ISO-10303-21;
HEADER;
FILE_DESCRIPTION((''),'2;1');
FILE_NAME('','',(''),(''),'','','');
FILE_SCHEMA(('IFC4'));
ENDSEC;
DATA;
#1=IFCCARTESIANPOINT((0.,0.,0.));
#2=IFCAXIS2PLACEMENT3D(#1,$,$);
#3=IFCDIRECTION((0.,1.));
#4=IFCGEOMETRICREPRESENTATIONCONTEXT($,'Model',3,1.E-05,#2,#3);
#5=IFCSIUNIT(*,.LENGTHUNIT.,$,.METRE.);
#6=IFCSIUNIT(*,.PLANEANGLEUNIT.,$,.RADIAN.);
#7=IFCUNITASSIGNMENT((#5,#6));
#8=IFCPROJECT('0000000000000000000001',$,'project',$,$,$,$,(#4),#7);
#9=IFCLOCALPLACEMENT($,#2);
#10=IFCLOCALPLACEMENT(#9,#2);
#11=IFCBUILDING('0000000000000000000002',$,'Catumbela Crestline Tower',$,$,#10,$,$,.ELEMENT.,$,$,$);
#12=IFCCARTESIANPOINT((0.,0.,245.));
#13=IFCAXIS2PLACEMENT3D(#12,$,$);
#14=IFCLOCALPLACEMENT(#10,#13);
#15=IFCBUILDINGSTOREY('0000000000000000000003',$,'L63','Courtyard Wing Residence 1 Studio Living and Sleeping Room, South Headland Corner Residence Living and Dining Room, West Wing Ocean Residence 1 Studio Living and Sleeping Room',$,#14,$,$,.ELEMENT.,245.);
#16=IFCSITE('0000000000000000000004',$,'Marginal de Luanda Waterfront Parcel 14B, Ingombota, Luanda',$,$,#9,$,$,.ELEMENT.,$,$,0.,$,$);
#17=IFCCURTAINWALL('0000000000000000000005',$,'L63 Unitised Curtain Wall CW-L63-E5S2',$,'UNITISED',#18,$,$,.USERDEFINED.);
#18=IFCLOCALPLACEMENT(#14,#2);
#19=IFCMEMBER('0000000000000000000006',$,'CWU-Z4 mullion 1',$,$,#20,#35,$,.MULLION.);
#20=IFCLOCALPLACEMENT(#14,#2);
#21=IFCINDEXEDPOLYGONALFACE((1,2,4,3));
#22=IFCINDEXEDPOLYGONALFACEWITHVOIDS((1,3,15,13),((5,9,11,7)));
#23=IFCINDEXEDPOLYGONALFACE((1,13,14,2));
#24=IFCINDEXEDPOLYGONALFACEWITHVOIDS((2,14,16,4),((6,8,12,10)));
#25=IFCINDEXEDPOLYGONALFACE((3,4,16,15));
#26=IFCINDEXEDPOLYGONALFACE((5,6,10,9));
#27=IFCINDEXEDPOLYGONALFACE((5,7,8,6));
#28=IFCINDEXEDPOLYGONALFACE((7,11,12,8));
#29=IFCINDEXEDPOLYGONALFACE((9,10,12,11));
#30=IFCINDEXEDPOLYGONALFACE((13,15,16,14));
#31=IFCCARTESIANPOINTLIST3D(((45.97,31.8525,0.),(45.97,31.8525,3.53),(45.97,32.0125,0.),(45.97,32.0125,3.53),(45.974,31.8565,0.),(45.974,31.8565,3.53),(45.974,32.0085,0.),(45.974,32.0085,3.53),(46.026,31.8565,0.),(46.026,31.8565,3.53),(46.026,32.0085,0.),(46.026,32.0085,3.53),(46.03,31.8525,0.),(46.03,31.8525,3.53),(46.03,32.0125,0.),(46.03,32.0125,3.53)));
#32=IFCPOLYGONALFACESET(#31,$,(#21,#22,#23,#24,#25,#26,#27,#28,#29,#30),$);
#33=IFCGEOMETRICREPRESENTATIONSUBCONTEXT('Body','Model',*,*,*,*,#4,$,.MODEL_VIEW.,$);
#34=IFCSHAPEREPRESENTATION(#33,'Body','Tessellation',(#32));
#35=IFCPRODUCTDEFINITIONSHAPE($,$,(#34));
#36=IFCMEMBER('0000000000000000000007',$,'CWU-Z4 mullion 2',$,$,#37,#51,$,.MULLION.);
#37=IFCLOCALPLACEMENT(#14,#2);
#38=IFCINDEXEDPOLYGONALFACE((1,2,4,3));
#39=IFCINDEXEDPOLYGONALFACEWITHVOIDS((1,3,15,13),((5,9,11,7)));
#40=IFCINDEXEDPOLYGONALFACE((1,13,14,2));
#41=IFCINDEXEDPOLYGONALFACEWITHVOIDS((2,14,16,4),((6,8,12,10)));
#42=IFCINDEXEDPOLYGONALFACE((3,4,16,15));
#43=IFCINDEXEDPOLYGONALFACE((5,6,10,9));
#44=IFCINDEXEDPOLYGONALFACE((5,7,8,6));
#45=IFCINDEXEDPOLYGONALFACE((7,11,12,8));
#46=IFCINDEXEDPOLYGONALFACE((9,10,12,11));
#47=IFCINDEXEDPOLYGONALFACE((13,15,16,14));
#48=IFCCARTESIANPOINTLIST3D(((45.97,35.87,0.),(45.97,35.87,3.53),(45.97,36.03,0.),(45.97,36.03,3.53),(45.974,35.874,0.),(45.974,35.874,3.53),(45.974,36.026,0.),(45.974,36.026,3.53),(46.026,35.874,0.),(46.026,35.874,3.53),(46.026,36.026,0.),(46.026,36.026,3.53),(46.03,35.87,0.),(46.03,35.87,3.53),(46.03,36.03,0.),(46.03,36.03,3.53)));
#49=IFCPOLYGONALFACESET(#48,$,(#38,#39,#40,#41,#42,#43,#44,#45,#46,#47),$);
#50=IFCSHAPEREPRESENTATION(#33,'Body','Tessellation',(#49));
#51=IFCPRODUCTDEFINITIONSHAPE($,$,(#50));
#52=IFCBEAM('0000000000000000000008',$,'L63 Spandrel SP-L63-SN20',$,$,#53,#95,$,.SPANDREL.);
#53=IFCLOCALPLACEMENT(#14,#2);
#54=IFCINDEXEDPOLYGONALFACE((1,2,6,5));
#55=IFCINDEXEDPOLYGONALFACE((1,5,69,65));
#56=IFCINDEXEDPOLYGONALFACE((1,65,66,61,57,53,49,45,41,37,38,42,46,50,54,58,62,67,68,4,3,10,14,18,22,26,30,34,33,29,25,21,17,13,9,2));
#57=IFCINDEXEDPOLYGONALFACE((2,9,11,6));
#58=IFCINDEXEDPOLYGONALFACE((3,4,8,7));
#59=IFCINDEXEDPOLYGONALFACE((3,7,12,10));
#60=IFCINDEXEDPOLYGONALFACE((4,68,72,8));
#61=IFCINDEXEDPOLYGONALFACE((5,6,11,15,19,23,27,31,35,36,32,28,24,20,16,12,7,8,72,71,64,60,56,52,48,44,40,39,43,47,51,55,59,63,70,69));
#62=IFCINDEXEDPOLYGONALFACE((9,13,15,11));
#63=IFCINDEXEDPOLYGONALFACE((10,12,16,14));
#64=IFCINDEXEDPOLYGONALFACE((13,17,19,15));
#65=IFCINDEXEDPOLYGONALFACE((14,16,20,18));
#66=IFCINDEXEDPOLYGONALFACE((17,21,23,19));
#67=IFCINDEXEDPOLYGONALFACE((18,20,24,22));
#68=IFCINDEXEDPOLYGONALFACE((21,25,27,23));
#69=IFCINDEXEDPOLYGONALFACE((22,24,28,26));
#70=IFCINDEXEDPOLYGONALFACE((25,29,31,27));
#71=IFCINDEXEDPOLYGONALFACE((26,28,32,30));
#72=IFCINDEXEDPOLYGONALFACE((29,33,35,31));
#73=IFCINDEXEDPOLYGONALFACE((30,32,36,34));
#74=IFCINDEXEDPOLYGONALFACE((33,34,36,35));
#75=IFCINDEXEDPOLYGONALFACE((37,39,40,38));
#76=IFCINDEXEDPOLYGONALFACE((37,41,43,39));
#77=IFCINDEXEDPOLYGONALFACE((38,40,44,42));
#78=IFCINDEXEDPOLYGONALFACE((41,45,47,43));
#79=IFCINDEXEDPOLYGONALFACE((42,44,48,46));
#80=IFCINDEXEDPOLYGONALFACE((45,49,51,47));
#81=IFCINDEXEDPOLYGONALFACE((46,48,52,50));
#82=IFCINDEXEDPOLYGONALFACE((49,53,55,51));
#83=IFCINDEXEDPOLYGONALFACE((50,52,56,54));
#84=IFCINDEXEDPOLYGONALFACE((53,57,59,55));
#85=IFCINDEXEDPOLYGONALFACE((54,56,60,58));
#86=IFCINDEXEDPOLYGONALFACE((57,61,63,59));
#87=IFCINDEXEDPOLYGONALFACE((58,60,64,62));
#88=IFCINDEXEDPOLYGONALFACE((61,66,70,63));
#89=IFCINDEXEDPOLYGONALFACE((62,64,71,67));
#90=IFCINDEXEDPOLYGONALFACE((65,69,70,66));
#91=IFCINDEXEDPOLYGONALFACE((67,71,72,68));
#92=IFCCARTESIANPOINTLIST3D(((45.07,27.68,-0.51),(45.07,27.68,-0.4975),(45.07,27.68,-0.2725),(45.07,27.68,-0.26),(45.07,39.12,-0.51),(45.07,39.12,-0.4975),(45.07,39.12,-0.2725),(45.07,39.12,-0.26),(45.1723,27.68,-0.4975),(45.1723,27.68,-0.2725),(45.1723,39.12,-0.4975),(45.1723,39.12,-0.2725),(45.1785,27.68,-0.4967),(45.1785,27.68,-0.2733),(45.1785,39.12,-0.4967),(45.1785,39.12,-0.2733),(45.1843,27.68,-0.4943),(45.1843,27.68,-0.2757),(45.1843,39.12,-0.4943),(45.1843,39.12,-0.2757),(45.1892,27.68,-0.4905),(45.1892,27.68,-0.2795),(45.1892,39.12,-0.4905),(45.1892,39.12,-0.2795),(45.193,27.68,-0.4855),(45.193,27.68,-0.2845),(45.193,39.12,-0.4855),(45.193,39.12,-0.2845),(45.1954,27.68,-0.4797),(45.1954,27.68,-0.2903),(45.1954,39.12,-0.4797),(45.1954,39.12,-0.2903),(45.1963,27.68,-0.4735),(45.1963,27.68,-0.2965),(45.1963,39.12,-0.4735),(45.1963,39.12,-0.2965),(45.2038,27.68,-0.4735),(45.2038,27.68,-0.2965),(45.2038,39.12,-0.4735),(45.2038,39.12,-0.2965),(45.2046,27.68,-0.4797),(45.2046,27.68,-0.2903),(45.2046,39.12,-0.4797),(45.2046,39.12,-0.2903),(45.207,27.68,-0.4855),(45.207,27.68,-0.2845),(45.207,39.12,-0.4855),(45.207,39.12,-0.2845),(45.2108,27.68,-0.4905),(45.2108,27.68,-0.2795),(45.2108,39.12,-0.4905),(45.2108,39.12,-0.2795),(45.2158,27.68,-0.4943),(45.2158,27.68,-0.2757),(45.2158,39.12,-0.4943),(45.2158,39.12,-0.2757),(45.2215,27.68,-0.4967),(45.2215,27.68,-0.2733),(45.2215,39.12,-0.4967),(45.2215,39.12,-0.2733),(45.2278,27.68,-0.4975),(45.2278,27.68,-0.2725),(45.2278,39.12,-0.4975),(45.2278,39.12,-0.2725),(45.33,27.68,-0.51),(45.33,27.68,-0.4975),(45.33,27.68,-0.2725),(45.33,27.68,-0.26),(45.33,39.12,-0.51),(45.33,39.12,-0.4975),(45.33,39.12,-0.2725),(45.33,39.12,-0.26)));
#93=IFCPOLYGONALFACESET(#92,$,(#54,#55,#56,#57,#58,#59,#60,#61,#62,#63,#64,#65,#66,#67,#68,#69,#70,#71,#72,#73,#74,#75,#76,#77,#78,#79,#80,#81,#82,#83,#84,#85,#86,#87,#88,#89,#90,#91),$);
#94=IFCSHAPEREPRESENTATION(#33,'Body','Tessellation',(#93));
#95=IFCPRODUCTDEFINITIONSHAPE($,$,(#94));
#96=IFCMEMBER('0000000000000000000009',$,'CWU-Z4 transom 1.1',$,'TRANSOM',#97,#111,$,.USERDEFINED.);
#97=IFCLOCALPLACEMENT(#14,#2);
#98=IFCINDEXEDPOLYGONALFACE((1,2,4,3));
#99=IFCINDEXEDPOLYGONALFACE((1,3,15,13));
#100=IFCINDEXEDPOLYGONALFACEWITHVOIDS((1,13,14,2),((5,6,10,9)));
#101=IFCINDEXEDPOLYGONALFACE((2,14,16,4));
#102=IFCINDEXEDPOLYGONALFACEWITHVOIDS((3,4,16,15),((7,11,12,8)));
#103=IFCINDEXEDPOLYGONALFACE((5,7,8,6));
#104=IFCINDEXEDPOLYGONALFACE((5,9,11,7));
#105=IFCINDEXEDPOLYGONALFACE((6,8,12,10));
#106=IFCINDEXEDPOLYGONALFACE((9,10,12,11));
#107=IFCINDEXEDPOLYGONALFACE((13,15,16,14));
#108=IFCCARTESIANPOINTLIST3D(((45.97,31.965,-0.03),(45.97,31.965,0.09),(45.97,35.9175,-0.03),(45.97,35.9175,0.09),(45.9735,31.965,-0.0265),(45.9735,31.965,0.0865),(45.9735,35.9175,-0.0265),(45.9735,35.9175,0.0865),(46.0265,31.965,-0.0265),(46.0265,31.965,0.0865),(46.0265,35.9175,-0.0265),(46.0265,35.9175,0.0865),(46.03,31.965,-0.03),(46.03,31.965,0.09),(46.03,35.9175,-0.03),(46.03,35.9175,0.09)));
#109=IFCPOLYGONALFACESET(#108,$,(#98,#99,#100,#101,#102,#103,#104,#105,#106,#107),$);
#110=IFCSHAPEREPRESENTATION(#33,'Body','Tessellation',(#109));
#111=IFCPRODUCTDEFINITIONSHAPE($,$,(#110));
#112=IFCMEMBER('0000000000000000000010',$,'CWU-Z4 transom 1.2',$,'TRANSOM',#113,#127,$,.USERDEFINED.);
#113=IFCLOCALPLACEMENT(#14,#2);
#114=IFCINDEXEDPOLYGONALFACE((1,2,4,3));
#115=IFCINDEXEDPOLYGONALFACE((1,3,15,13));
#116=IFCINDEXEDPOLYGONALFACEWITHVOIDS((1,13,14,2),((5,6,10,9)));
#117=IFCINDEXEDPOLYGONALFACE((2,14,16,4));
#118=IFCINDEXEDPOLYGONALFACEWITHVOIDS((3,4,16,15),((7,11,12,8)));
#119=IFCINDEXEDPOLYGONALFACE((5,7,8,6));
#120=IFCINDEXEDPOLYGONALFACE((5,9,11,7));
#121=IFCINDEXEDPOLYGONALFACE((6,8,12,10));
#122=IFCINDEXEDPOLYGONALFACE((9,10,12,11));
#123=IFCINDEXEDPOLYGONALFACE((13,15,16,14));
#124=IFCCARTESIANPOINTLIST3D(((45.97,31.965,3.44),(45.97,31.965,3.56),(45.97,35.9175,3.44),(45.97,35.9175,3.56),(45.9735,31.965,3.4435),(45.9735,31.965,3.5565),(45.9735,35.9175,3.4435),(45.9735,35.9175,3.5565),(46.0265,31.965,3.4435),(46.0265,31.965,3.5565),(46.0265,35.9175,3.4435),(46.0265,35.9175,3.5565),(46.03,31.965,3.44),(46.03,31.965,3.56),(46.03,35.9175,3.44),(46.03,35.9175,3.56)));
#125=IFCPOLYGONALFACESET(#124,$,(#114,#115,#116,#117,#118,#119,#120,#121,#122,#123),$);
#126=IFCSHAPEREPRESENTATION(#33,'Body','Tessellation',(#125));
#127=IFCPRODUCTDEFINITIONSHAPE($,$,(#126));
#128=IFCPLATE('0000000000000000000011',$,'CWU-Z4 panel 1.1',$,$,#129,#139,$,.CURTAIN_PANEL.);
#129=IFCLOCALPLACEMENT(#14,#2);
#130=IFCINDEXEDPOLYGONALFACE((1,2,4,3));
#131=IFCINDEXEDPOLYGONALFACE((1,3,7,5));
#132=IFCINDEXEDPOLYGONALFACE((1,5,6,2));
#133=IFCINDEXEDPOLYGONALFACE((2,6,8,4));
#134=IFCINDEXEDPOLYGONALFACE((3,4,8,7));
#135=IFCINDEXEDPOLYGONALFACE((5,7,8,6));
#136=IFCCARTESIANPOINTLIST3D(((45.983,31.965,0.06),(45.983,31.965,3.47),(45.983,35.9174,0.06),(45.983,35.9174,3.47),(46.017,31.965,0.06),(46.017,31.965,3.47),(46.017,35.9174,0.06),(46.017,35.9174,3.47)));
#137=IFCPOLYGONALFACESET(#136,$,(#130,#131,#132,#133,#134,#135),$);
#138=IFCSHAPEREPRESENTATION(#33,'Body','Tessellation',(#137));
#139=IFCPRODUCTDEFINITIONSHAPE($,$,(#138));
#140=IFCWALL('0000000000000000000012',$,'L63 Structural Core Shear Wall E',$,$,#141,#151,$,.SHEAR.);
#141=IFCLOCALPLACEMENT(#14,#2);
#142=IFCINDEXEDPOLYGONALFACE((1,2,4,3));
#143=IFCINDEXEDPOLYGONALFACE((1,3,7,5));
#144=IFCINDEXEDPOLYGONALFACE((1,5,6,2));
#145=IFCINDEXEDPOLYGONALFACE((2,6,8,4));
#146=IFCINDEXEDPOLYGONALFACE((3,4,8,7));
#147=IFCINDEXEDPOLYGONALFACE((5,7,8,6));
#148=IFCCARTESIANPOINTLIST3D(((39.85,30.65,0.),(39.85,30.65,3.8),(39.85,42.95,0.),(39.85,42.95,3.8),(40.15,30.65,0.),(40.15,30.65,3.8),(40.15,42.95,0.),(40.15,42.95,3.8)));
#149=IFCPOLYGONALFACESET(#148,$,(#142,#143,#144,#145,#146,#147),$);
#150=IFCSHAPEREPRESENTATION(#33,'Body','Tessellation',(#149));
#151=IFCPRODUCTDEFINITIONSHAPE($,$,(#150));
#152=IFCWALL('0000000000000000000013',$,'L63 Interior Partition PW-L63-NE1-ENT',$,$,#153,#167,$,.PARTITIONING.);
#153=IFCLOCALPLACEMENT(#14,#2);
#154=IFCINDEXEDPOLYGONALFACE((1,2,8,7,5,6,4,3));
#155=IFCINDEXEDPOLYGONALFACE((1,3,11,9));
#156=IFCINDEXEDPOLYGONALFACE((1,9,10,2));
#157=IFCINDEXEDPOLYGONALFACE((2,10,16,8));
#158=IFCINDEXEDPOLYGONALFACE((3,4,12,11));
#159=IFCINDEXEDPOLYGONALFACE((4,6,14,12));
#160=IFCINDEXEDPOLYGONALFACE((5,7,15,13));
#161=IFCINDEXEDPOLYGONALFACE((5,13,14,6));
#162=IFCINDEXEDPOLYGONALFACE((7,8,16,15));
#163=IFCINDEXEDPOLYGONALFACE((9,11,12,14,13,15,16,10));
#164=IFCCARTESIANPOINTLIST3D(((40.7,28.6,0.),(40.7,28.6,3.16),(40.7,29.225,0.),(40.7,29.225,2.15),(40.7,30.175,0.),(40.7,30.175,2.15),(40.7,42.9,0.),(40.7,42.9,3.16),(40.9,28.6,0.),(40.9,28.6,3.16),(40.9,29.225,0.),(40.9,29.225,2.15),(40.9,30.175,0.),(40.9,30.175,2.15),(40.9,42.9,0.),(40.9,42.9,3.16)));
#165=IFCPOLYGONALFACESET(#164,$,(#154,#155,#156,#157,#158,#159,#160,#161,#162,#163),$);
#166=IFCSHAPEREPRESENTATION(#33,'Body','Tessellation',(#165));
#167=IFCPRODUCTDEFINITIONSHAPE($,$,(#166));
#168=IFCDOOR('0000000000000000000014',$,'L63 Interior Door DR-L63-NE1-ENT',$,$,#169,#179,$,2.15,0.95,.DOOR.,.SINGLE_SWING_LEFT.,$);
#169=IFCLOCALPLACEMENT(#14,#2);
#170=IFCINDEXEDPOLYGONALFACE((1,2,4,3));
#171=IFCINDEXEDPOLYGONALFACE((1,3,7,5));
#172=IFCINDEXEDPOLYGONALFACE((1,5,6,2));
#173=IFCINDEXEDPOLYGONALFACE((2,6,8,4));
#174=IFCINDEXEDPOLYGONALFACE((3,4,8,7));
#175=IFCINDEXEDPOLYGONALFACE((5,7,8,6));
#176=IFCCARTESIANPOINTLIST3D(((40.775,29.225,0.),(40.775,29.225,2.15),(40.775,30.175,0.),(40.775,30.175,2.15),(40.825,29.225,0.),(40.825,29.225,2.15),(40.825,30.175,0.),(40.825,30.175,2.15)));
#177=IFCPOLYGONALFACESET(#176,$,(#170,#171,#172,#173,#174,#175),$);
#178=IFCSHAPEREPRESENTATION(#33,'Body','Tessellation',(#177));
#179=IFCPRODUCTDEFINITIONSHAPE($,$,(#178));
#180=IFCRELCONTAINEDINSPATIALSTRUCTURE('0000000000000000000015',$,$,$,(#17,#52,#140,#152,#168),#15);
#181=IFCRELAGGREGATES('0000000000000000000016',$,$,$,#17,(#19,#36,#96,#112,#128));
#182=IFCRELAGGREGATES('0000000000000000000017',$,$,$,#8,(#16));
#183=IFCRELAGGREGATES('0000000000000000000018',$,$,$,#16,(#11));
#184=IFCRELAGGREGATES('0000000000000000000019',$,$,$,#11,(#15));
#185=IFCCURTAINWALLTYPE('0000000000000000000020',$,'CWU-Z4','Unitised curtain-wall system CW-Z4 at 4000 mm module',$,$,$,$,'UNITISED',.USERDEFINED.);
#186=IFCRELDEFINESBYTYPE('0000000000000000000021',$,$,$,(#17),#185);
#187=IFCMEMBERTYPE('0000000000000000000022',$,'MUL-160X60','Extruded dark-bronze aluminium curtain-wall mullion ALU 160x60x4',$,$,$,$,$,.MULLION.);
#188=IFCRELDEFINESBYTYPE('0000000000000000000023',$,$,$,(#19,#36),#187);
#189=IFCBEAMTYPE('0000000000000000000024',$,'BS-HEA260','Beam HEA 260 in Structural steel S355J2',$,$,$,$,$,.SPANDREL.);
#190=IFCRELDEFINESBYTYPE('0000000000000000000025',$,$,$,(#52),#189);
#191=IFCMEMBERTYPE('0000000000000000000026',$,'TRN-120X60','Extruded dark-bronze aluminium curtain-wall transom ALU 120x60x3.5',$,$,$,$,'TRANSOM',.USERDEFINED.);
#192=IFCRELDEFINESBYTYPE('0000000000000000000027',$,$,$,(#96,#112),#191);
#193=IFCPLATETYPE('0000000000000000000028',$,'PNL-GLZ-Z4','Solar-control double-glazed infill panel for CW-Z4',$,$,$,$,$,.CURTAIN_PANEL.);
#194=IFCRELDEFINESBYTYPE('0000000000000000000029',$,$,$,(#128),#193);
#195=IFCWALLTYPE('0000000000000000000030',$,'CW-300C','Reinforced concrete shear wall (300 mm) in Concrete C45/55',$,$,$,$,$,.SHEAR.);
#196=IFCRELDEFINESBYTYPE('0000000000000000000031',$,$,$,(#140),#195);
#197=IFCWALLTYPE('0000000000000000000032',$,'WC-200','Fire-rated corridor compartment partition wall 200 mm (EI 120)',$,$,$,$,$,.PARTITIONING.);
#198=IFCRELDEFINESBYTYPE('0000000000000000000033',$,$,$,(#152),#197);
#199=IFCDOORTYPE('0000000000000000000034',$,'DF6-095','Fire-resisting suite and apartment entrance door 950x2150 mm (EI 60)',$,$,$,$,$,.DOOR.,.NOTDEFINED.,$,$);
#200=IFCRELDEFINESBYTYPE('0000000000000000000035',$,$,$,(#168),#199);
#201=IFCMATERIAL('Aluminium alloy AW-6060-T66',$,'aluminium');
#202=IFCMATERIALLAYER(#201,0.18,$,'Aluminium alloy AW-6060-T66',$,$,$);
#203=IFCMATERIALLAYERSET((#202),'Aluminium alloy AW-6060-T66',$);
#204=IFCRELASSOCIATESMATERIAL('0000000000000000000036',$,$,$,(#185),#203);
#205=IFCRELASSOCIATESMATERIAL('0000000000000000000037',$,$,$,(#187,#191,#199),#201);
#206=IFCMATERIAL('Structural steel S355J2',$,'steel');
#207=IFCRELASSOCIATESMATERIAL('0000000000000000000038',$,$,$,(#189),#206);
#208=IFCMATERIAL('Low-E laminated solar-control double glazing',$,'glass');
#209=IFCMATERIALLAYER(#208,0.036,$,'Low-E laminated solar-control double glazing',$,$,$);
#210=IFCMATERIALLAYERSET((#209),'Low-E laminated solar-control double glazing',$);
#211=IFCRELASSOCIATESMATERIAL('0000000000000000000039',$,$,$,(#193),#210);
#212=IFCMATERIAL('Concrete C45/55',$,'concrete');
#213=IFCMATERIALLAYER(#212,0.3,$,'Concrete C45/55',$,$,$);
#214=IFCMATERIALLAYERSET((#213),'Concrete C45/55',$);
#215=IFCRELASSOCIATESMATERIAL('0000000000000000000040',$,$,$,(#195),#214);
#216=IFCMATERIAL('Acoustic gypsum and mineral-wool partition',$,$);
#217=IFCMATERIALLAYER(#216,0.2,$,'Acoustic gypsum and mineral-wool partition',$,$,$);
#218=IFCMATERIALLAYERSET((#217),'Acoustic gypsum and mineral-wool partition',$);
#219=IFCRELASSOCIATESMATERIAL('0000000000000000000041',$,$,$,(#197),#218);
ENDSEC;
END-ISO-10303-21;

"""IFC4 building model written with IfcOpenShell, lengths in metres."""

from ifc_helpers import new_model, si_unit, direction, frame, frame_2d, origin, origin_2d, place, context, subcontext, project, spatial, rectangle, hollow_rectangle, i_section, extrude, material, layer, layer_set, material_profile, profile_set, type_object, element, fill, aggregate, save


model = new_model("IFC4")

# Units and contexts
model_context = context("Model", 3, precision=1e-05, world=origin(), true_north=direction((0.0, 1.0)))
body_context = subcontext(model_context, "Body", "Model", "MODEL_VIEW")
ifc_project = project(units=[si_unit("LENGTHUNIT", "METRE"), si_unit("PLANEANGLEUNIT", "RADIAN")], contexts=[model_context])

# Site, building, storey
site_placement = place(None, origin())
site = spatial("IfcSite", under=ifc_project, at=site_placement, Name="Marginal de Luanda Waterfront Parcel 14B, Ingombota, Luanda", CompositionType="ELEMENT", RefElevation=0.0)
building_placement = place(site_placement, origin())
building = spatial("IfcBuilding", under=site, at=building_placement, Name="Catumbela Crestline Tower", CompositionType="ELEMENT")
storey_placement = place(building_placement, frame((0.0, 0.0, 245.0)))
storey = spatial("IfcBuildingStorey", under=building, at=storey_placement, Name="L63", Description="Courtyard Wing Residence 1 Studio Living and Sleeping Room, South Headland Corner Residence Living and Dining Room, West Wing Ocean Residence 1 Studio Living and Sleeping Room", CompositionType="ELEMENT", Elevation=245.0)

# Shared definitions
ifc_material_1 = material(Name="Structural steel S355J2", Category="steel")

# Curtain wall, members
ifc_material_2 = material(Name="Aluminium alloy AW-6060-T66", Category="aluminium")
ifc_layer_1 = layer(ifc_material_2, 0.18, Name="Aluminium alloy AW-6060-T66")
ifc_layer_set_1 = layer_set([ifc_layer_1], Name="Aluminium alloy AW-6060-T66")
curtain_wall_type = type_object("IfcCurtainWallType", Name="CWU-Z4", Description="Unitised curtain-wall system CW-Z4 at 4000 mm module", ElementType="UNITISED", PredefinedType="USERDEFINED", material=ifc_layer_set_1)
curtain_wall_placement = place(storey_placement, origin())
curtain_wall = element("IfcCurtainWall", 1, at=curtain_wall_placement, inside=storey, type_object=curtain_wall_type, Name="L63 Unitised Curtain Wall CW-L63-E5S2", ObjectType="UNITISED", PredefinedType="USERDEFINED")
ifc_material_profile_1 = material_profile(ifc_material_2, hollow_rectangle(XDim=0.06, YDim=0.16, WallThickness=0.004, at=origin_2d()), Name="ALU 160x60x4")
ifc_profile_set_1 = profile_set([ifc_material_profile_1], Name="Aluminium alloy AW-6060-T66")
member_type_1 = type_object("IfcMemberType", Name="MUL-160X60", Description="Extruded dark-bronze aluminium curtain-wall mullion ALU 160x60x4", PredefinedType="MULLION", material=ifc_profile_set_1)
member_1_placement = place(storey_placement, frame((46.0, 31.9325, 0.0), z_axis=(0.0, 0.0, 1.0), x_axis=(-1.0, 0.0, 0.0)))
member_1 = element("IfcMember", 2, at=member_1_placement, type_object=member_type_1, Name="CWU-Z4 mullion 1", PredefinedType="MULLION", context=body_context, shape_type="SweptSolid", body=[
    extrude(hollow_rectangle(XDim=0.06, YDim=0.16, WallThickness=0.004, at=origin_2d()), origin(), (0.0, 0.0, 1.0), 3.53),
])
member_2_placement = place(storey_placement, frame((46.0, 35.95, 0.0), z_axis=(0.0, 0.0, 1.0), x_axis=(-1.0, 0.0, 0.0)))
member_2 = element("IfcMember", 3, at=member_2_placement, type_object=member_type_1, Name="CWU-Z4 mullion 2", PredefinedType="MULLION", context=body_context, shape_type="SweptSolid", body=[
    extrude(hollow_rectangle(XDim=0.06, YDim=0.16, WallThickness=0.004, at=origin_2d()), origin(), (0.0, 0.0, 1.0), 3.53),
])

# Beam
ifc_material_profile_2 = material_profile(ifc_material_1, i_section(OverallWidth=0.26, OverallDepth=0.25, WebThickness=0.0075, FlangeThickness=0.0125, FilletRadius=0.024, at=origin_2d()), Name="HEA 260")
ifc_profile_set_2 = profile_set([ifc_material_profile_2], Name="Structural steel S355J2")
beam_type_1 = type_object("IfcBeamType", Name="BS-HEA260", Description="Beam HEA 260 in Structural steel S355J2", PredefinedType="SPANDREL", material=ifc_profile_set_2)
beam_1_placement = place(storey_placement, frame((45.2, 27.68, -0.385), z_axis=(0.0, 1.0, 0.0), x_axis=(-1.0, 0.0, 0.0)))
element("IfcBeam", 4, at=beam_1_placement, inside=storey, type_object=beam_type_1, Name="L63 Spandrel SP-L63-SN20", PredefinedType="SPANDREL", context=body_context, shape_type="SweptSolid", body=[
    extrude(i_section(OverallWidth=0.26, OverallDepth=0.25, WebThickness=0.0075, FlangeThickness=0.0125, FilletRadius=0.024, at=origin_2d()), origin(), (0.0, 0.0, 1.0), 11.44),
])

# Members
ifc_material_profile_3 = material_profile(ifc_material_2, hollow_rectangle(XDim=0.06, YDim=0.12, WallThickness=0.0035, at=origin_2d()), Name="ALU 120x60x3.5")
ifc_profile_set_3 = profile_set([ifc_material_profile_3], Name="Aluminium alloy AW-6060-T66")
member_type_2 = type_object("IfcMemberType", Name="TRN-120X60", Description="Extruded dark-bronze aluminium curtain-wall transom ALU 120x60x3.5", ElementType="TRANSOM", PredefinedType="USERDEFINED", material=ifc_profile_set_3)
member_3_placement = place(storey_placement, frame((46.0, 31.965, 0.03), z_axis=(0.0, 1.0, 0.0), x_axis=(-1.0, 0.0, 0.0)))
member_3 = element("IfcMember", 5, at=member_3_placement, type_object=member_type_2, Name="CWU-Z4 transom 1.1", ObjectType="TRANSOM", PredefinedType="USERDEFINED", context=body_context, shape_type="SweptSolid", body=[
    extrude(hollow_rectangle(XDim=0.06, YDim=0.12, WallThickness=0.0035, at=origin_2d()), origin(), (0.0, 0.0, 1.0), 3.9525),
])
member_4_placement = place(storey_placement, frame((46.0, 31.965, 3.5), z_axis=(0.0, 1.0, 0.0), x_axis=(-1.0, 0.0, 0.0)))
member_4 = element("IfcMember", 6, at=member_4_placement, type_object=member_type_2, Name="CWU-Z4 transom 1.2", ObjectType="TRANSOM", PredefinedType="USERDEFINED", context=body_context, shape_type="SweptSolid", body=[
    extrude(hollow_rectangle(XDim=0.06, YDim=0.12, WallThickness=0.0035, at=origin_2d()), origin(), (0.0, 0.0, 1.0), 3.9525),
])

# Plate
ifc_material_3 = material(Name="Low-E laminated solar-control double glazing", Category="glass")
ifc_layer_2 = layer(ifc_material_3, 0.036, Name="Low-E laminated solar-control double glazing")
ifc_layer_set_2 = layer_set([ifc_layer_2], Name="Low-E laminated solar-control double glazing")
plate_type = type_object("IfcPlateType", Name="PNL-GLZ-Z4", Description="Solar-control double-glazed infill panel for CW-Z4", PredefinedType="CURTAIN_PANEL", material=ifc_layer_set_2)
plate_placement = place(storey_placement, frame((46.0, 33.9412, 0.06), z_axis=(0.0, 0.0, 1.0), x_axis=(0.0, 1.0, 0.0)))
plate = element("IfcPlate", 7, at=plate_placement, type_object=plate_type, Name="CWU-Z4 panel 1.1", PredefinedType="CURTAIN_PANEL", context=body_context, shape_type="SweptSolid", body=[
    extrude(rectangle(XDim=3.9525, YDim=0.034, at=origin_2d()), origin(), (0.0, 0.0, 1.0), 3.41),
])
aggregate(curtain_wall, [member_1, member_2, member_3, member_4, plate])

# Wall
ifc_material_4 = material(Name="Concrete C45/55", Category="concrete")
ifc_layer_3 = layer(ifc_material_4, 0.3, Name="Concrete C45/55")
ifc_layer_set_3 = layer_set([ifc_layer_3], Name="Concrete C45/55")
wall_type_1 = type_object("IfcWallType", Name="CW-300C", Description="Reinforced concrete shear wall (300 mm) in Concrete C45/55", PredefinedType="SHEAR", material=ifc_layer_set_3)
wall_1_placement = place(storey_placement, frame((40.0, 30.65, 0.0), z_axis=(0.0, 0.0, 1.0), x_axis=(0.0, 1.0, 0.0)))
element("IfcWall", 8, at=wall_1_placement, inside=storey, type_object=wall_type_1, Name="L63 Structural Core Shear Wall E", PredefinedType="SHEAR", context=body_context, shape_type="SweptSolid", body=[
    extrude(rectangle(XDim=12.3, YDim=0.3, at=frame_2d((6.15, 0.0))), origin(), (0.0, 0.0, 1.0), 3.8),
])

# Wall, opening, door
ifc_material_5 = material(Name="Acoustic gypsum and mineral-wool partition")
ifc_layer_4 = layer(ifc_material_5, 0.2, Name="Acoustic gypsum and mineral-wool partition")
ifc_layer_set_4 = layer_set([ifc_layer_4], Name="Acoustic gypsum and mineral-wool partition")
wall_type_2 = type_object("IfcWallType", Name="WC-200", Description="Fire-rated corridor compartment partition wall 200 mm (EI 120)", PredefinedType="PARTITIONING", material=ifc_layer_set_4)
wall_2_placement = place(storey_placement, frame((40.8, 28.6, 0.0), z_axis=(0.0, 0.0, 1.0), x_axis=(0.0, 1.0, 0.0)))
wall_2 = element("IfcWall", 9, at=wall_2_placement, inside=storey, type_object=wall_type_2, Name="L63 Interior Partition PW-L63-NE1-ENT", PredefinedType="PARTITIONING", context=body_context, shape_type="SweptSolid", body=[
    extrude(rectangle(XDim=14.3, YDim=0.2, at=frame_2d((7.15, 0.0))), origin(), (0.0, 0.0, 1.0), 3.16),
])
opening_1_placement = place(wall_2_placement, frame((0.625, 0.0, 0.0)))
opening_1 = element("IfcOpeningElement", 10, at=opening_1_placement, cuts=wall_2, PredefinedType="OPENING", context=body_context, shape_type="SweptSolid", body=[
    extrude(rectangle(XDim=0.95, YDim=2.15, at=frame_2d((0.475, 1.075))), frame((0.0, 0.11, 0.0), z_axis=(0.0, -1.0, 0.0), x_axis=(1.0, 0.0, 0.0)), (0.0, 0.0, 1.0), 0.22),
])
door_type_1 = type_object("IfcDoorType", Name="DF6-095", Description="Fire-resisting suite and apartment entrance door 950x2150 mm (EI 60)", OperationType="NOTDEFINED", PredefinedType="DOOR", material=ifc_material_2)
door_1_placement = place(opening_1_placement, origin())
door_1 = element("IfcDoor", 11, at=door_1_placement, inside=storey, type_object=door_type_1, Name="L63 Interior Door DR-L63-NE1-ENT", OperationType="SINGLE_SWING_LEFT", OverallHeight=2.15, OverallWidth=0.95, PredefinedType="DOOR", context=body_context, shape_type="SweptSolid", body=[
    extrude(rectangle(XDim=0.95, YDim=2.15, at=frame_2d((0.475, 1.075))), frame((0.0, 0.025, 0.0), z_axis=(0.0, -1.0, 0.0), x_axis=(1.0, 0.0, 0.0)), (0.0, 0.0, 1.0), 0.05),
])
fill(opening_1, door_1)

save(model, "model.ifc")
